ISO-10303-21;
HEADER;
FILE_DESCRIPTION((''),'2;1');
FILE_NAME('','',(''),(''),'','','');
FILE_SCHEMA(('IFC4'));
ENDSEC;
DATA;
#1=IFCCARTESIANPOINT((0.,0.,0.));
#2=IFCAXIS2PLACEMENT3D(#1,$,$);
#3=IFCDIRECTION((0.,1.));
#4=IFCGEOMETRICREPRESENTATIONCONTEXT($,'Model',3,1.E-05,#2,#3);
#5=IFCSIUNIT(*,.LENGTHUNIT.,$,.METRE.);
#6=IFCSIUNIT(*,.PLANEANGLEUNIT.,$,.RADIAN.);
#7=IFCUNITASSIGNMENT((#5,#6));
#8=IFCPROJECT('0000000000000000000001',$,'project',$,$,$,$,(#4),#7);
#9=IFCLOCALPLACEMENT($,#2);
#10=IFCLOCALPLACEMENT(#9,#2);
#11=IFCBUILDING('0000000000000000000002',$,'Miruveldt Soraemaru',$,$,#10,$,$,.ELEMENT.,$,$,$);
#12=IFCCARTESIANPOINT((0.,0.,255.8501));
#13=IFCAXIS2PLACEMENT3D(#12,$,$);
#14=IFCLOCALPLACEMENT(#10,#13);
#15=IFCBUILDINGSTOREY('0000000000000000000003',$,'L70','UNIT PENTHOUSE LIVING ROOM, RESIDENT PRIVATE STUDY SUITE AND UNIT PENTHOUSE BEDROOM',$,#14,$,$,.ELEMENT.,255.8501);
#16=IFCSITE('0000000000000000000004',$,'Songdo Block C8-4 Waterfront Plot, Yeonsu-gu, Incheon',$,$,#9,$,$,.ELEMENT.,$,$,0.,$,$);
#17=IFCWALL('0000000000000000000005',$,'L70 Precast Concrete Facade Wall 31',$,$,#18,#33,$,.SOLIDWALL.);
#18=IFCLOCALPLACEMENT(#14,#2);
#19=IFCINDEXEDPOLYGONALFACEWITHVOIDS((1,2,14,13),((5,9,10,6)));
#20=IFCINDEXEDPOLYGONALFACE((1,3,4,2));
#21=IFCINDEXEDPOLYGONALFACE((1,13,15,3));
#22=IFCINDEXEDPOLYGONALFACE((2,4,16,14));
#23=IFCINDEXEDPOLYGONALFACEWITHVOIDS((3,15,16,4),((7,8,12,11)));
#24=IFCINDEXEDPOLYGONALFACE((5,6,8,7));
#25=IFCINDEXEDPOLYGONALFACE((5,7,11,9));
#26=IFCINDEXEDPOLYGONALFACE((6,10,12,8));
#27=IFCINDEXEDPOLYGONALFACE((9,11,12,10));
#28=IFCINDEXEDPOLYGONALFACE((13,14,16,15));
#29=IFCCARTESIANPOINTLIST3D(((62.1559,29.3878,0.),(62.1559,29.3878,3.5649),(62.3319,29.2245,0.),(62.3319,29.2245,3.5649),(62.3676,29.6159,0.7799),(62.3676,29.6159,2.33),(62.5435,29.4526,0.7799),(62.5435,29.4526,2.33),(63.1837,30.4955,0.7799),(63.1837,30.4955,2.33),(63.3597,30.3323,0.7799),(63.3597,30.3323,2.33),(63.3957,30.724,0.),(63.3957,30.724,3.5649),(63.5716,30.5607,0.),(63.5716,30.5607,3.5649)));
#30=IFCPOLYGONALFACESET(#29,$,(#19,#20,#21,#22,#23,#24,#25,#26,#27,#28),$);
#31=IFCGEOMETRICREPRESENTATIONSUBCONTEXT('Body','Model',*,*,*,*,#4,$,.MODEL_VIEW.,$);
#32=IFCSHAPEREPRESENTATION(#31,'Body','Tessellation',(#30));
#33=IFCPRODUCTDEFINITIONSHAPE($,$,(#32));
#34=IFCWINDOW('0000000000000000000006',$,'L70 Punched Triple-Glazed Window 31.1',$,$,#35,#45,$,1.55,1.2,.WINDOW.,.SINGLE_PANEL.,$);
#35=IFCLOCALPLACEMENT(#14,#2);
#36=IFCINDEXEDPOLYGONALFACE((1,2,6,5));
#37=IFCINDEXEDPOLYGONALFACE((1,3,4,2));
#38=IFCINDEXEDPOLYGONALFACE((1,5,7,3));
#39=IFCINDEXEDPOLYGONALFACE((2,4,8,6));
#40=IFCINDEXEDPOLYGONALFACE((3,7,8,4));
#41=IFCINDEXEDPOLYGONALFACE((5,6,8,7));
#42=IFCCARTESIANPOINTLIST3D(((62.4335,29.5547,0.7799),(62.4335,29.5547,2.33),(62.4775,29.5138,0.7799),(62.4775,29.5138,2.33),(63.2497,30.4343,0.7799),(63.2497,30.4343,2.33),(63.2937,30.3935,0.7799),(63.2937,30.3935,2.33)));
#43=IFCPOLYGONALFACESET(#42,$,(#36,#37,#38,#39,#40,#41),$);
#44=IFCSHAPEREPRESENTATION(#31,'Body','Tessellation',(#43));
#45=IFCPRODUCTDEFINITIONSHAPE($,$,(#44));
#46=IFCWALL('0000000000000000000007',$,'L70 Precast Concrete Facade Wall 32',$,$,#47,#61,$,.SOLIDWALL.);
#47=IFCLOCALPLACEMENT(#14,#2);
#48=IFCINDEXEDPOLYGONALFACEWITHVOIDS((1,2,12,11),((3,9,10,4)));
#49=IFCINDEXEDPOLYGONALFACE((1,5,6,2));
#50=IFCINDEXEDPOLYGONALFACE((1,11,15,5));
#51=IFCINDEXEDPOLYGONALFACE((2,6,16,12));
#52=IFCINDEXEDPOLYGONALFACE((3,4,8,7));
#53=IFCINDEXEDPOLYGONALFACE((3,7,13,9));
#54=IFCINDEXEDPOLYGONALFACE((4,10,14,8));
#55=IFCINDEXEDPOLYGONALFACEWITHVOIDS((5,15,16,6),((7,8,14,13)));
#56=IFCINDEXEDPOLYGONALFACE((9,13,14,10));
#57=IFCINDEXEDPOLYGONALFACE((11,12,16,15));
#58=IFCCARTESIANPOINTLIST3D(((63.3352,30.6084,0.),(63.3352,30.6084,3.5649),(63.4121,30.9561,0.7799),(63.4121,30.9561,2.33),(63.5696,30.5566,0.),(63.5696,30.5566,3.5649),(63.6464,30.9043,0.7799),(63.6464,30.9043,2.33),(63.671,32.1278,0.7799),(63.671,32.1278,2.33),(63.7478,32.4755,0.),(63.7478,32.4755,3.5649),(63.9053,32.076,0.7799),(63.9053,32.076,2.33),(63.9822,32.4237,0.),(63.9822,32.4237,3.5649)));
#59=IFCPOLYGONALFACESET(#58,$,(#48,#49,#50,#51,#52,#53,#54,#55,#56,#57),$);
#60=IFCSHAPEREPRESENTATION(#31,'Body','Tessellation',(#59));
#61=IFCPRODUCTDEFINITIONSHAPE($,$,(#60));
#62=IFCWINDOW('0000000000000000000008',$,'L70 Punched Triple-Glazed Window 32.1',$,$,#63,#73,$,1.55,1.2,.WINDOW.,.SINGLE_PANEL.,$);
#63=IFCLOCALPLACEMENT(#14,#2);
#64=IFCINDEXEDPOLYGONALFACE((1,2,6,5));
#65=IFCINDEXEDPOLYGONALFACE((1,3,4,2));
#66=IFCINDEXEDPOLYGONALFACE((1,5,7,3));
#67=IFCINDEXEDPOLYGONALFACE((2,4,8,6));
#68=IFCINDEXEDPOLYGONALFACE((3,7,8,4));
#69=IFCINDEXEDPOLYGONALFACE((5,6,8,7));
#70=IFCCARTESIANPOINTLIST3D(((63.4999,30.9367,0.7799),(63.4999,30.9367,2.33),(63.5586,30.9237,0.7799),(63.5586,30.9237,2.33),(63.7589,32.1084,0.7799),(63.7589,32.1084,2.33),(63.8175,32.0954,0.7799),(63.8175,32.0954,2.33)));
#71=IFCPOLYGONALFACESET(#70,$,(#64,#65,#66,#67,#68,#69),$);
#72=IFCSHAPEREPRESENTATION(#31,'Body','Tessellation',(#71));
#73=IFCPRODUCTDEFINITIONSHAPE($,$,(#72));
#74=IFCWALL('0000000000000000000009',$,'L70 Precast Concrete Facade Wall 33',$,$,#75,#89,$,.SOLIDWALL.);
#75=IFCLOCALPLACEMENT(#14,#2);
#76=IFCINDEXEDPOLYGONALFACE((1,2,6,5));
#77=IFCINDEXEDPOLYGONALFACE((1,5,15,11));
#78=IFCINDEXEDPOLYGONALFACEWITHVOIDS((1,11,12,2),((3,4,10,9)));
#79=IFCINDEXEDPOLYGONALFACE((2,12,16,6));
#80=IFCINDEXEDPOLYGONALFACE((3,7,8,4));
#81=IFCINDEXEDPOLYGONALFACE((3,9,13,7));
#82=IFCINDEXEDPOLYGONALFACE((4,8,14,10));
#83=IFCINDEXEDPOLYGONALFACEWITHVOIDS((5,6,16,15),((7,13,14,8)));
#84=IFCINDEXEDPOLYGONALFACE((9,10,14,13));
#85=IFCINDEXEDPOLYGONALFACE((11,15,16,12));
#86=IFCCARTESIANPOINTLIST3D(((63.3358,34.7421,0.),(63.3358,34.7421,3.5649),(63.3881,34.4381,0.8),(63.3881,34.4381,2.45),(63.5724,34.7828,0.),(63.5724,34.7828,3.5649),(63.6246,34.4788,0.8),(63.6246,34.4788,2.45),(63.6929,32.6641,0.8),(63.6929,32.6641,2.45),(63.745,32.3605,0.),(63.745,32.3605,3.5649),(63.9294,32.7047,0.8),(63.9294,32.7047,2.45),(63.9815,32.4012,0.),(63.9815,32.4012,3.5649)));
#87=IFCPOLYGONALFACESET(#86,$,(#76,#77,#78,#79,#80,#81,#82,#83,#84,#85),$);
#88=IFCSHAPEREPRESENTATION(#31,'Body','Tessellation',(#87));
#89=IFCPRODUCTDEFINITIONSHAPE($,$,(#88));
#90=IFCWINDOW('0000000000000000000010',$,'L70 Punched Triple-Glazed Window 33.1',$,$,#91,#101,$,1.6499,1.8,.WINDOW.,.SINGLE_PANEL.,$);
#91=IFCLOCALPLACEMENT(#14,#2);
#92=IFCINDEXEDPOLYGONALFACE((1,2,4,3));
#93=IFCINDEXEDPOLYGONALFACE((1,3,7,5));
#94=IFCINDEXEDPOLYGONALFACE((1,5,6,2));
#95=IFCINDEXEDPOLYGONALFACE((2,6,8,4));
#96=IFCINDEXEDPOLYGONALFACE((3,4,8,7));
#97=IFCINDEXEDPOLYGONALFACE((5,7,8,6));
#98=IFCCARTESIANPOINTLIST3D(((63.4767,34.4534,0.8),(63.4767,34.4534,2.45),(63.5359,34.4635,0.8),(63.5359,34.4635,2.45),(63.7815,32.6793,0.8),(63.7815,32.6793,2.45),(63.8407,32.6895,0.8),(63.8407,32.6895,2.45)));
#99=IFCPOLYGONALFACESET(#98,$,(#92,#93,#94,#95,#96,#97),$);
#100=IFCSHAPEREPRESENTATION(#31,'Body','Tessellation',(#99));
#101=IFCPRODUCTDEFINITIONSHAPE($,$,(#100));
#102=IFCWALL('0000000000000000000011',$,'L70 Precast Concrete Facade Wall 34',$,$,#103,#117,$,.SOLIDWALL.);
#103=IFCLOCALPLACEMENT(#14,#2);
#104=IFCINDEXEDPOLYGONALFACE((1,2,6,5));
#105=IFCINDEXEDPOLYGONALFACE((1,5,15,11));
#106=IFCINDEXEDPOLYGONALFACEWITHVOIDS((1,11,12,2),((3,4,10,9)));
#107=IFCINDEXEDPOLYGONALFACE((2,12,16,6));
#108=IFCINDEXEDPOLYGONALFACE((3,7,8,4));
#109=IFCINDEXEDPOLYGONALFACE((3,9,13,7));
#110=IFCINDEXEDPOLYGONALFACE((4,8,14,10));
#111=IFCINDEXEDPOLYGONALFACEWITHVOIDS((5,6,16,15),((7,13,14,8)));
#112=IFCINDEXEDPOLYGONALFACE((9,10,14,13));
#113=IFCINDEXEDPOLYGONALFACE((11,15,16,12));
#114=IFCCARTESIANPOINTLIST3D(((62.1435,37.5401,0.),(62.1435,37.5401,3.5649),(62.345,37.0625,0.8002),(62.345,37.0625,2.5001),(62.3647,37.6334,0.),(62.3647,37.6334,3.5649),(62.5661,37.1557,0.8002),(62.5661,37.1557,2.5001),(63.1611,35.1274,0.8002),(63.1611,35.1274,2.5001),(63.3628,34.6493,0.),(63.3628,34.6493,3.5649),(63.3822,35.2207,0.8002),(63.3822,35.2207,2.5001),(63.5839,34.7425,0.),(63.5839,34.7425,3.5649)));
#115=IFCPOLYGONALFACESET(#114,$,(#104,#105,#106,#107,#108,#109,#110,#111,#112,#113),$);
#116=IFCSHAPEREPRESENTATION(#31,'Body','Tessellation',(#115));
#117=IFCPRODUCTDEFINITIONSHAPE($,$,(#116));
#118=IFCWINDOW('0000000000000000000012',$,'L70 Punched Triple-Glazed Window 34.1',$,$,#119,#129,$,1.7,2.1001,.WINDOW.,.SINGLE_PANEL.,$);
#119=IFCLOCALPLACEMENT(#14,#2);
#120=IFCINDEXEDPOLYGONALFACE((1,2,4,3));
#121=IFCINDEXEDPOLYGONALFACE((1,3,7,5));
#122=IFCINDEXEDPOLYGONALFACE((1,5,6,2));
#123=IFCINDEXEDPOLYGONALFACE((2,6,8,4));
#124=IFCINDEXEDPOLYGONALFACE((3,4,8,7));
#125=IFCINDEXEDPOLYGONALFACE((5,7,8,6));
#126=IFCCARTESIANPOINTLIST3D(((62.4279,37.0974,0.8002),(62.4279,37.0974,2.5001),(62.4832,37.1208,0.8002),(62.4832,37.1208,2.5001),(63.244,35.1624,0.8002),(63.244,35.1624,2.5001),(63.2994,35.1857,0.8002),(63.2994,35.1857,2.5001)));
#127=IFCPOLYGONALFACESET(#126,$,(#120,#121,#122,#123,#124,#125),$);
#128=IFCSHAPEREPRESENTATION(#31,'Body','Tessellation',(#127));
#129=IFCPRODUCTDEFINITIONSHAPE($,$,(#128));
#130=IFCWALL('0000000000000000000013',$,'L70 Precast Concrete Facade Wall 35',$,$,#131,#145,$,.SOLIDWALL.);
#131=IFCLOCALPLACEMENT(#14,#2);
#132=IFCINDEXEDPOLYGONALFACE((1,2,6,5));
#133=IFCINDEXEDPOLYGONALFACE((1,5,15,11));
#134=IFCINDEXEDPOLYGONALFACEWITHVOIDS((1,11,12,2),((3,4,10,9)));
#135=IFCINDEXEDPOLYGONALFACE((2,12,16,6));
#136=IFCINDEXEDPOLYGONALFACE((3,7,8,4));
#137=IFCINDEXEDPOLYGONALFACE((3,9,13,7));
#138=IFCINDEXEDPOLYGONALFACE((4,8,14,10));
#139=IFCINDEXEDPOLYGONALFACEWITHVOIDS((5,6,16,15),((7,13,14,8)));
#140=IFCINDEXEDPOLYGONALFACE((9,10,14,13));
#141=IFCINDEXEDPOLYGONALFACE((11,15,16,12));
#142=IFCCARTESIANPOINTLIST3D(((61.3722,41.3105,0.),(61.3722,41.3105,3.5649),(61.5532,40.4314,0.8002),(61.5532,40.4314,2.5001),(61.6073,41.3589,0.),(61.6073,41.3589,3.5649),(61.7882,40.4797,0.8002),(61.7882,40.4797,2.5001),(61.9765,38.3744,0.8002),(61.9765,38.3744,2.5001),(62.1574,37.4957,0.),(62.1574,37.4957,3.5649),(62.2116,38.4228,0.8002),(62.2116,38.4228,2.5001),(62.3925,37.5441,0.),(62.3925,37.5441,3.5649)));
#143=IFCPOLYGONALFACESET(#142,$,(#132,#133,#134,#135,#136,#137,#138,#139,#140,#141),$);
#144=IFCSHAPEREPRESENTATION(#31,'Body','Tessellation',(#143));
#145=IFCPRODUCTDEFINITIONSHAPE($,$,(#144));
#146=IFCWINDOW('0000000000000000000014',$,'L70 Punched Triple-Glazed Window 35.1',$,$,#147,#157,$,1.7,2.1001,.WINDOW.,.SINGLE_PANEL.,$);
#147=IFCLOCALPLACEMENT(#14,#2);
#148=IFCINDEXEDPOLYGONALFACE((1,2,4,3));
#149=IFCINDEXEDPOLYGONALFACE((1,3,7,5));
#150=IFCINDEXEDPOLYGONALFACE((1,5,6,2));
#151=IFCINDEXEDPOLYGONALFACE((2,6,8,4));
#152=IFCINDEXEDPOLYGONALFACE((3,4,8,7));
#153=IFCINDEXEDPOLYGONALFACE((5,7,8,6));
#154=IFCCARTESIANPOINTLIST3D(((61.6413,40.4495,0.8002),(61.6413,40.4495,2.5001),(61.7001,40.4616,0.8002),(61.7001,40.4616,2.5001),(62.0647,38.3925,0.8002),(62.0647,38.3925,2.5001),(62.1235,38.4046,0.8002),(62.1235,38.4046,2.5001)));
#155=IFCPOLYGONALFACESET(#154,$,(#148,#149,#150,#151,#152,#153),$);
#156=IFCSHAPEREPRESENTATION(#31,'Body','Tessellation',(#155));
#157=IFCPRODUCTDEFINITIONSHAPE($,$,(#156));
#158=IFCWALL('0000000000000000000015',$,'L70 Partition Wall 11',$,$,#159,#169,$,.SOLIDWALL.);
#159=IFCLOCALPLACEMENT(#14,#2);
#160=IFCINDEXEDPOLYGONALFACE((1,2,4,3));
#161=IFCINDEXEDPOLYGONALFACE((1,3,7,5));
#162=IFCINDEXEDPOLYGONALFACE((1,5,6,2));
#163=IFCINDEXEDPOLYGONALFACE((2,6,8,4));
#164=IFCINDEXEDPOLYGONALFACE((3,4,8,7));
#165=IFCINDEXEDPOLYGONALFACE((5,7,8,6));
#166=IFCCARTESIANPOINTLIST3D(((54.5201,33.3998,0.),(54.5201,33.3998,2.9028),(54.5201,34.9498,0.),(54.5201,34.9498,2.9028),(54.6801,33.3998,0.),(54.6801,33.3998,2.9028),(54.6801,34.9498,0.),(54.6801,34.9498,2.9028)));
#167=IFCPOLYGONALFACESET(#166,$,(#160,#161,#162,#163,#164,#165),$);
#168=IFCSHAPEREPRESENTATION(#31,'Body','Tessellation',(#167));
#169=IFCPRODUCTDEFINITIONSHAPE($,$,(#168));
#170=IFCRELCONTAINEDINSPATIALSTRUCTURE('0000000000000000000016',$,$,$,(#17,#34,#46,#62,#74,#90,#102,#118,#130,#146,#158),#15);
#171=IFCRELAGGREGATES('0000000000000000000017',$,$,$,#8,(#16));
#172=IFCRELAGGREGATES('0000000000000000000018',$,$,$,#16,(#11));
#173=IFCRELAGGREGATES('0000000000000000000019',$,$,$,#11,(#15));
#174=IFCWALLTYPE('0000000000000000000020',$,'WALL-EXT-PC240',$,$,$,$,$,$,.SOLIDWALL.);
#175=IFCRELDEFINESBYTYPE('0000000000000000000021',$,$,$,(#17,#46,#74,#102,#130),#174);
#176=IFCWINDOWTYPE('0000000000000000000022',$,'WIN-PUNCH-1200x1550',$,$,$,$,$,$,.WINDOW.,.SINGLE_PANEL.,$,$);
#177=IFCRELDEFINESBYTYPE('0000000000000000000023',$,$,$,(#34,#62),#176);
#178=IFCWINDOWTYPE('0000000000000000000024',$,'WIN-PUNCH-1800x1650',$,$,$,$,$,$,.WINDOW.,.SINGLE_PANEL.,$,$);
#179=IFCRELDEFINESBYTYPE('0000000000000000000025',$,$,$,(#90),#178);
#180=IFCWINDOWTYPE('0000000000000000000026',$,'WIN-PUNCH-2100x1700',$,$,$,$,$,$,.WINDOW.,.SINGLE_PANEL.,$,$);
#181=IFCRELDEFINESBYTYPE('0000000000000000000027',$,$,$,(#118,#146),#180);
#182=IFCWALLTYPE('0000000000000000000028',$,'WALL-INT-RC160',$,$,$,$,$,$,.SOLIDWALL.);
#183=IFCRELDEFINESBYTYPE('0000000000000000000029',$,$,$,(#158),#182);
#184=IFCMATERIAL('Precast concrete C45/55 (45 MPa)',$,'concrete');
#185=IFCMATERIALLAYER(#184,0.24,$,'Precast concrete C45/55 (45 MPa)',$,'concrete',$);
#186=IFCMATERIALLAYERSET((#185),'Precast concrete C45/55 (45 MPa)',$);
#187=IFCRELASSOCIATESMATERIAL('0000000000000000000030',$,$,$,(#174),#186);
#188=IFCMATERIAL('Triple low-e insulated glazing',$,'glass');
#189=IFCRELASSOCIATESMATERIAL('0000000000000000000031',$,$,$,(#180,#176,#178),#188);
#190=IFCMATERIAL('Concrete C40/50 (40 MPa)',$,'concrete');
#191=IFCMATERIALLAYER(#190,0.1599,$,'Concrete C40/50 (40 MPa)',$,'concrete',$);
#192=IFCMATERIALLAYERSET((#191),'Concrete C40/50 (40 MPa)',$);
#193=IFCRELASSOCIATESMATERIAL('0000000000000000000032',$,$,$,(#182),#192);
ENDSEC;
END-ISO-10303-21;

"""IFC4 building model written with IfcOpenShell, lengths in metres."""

from ifc_helpers import new_model, si_unit, direction, frame, frame_2d, origin, place, context, subcontext, project, spatial, rectangle, extrude, material, layer, layer_set, type_object, element, fill, save


model = new_model("IFC4")

# Units and contexts
model_context = context("Model", 3, precision=1e-05, world=origin(), true_north=direction((0.0, 1.0)))
body_context = subcontext(model_context, "Body", "Model", "MODEL_VIEW")
ifc_project = project(units=[si_unit("LENGTHUNIT", "METRE"), si_unit("PLANEANGLEUNIT", "RADIAN")], contexts=[model_context])

# Site, building, storey
site_placement = place(None, origin())
site = spatial("IfcSite", under=ifc_project, at=site_placement, Name="Songdo Block C8-4 Waterfront Plot, Yeonsu-gu, Incheon", CompositionType="ELEMENT", RefElevation=0.0)
building_placement = place(site_placement, origin())
building = spatial("IfcBuilding", under=site, at=building_placement, Name="Miruveldt Soraemaru", CompositionType="ELEMENT")
storey_placement = place(building_placement, frame((0.0, 0.0, 255.8501)))
storey = spatial("IfcBuildingStorey", under=building, at=storey_placement, Name="L70", Description="UNIT PENTHOUSE LIVING ROOM, RESIDENT PRIVATE STUDY SUITE AND UNIT PENTHOUSE BEDROOM", CompositionType="ELEMENT", Elevation=255.8501)

# Walls, openings, windows
ifc_material_1 = material(Name="Precast concrete C45/55 (45 MPa)", Category="concrete")
ifc_layer_1 = layer(ifc_material_1, 0.24, Name="Precast concrete C45/55 (45 MPa)", Category="concrete")
ifc_layer_set_1 = layer_set([ifc_layer_1], Name="Precast concrete C45/55 (45 MPa)")
wall_type_1 = type_object("IfcWallType", Name="WALL-EXT-PC240", PredefinedType="SOLIDWALL", material=ifc_layer_set_1)
ifc_material_2 = material(Name="Triple low-e insulated glazing", Category="glass")
window_type_1 = type_object("IfcWindowType", Name="WIN-PUNCH-2100x1700", PartitioningType="SINGLE_PANEL", PredefinedType="WINDOW", material=ifc_material_2)
wall_1_placement = place(storey_placement, frame((62.2439, 29.3062, 0.0), z_axis=(0.0, 0.0, 1.0), x_axis=(0.680158, 0.733065, 0.0)))
wall_1 = element("IfcWall", 1, at=wall_1_placement, inside=storey, type_object=wall_type_1, Name="L70 Precast Concrete Facade Wall 31", PredefinedType="SOLIDWALL", context=body_context, shape_type="SweptSolid", body=[
    extrude(rectangle(XDim=1.8228, YDim=0.24, at=frame_2d((0.9114, 0.0))), origin(), (0.0, 0.0, 1.0), 3.5649),
])
opening_1_placement = place(wall_1_placement, frame((0.311, 0.0, 0.78)))
opening_1 = element("IfcOpeningElement", 2, at=opening_1_placement, cuts=wall_1, PredefinedType="OPENING", context=body_context, shape_type="SweptSolid", body=[
    extrude(rectangle(XDim=1.2, YDim=1.55, at=frame_2d((0.6001, 0.7749))), frame((0.0, 0.1299, 0.0), z_axis=(0.0, -1.0, 0.0), x_axis=(1.0, 0.0, 0.0)), (0.0, 0.0, 1.0), 0.26),
])
window_type_2 = type_object("IfcWindowType", Name="WIN-PUNCH-1200x1550", PartitioningType="SINGLE_PANEL", PredefinedType="WINDOW", material=ifc_material_2)
window_1_placement = place(opening_1_placement, origin())
window_1 = element("IfcWindow", 3, at=window_1_placement, inside=storey, type_object=window_type_2, Name="L70 Punched Triple-Glazed Window 31.1", OverallHeight=1.55, OverallWidth=1.2, PartitioningType="SINGLE_PANEL", PredefinedType="WINDOW", context=body_context, shape_type="SweptSolid", body=[
    extrude(rectangle(XDim=1.2, YDim=1.55, at=frame_2d((0.6001, 0.7749))), frame((0.0, 0.03, 0.0), z_axis=(0.0, -1.0, 0.0), x_axis=(1.0, 0.0, 0.0)), (0.0, 0.0, 1.0), 0.0601),
])
fill(opening_1, window_1)
wall_2_placement = place(storey_placement, frame((63.4524, 30.5825, 0.0), z_axis=(0.0, 0.0, 1.0), x_axis=(0.215795, 0.976439, 0.0)))
wall_2 = element("IfcWall", 4, at=wall_2_placement, inside=storey, type_object=wall_type_1, Name="L70 Precast Concrete Facade Wall 32", PredefinedType="SOLIDWALL", context=body_context, shape_type="SweptSolid", body=[
    extrude(rectangle(XDim=1.9121, YDim=0.24, at=frame_2d((0.9561, 0.0))), origin(), (0.0, 0.0, 1.0), 3.5649),
])
opening_2_placement = place(wall_2_placement, frame((0.356, 0.0, 0.78)))
opening_2 = element("IfcOpeningElement", 5, at=opening_2_placement, cuts=wall_2, PredefinedType="OPENING", context=body_context, shape_type="SweptSolid", body=[
    extrude(rectangle(XDim=1.2, YDim=1.55, at=frame_2d((0.6001, 0.7749))), frame((0.0, 0.1299, 0.0), z_axis=(0.0, -1.0, 0.0), x_axis=(1.0, 0.0, 0.0)), (0.0, 0.0, 1.0), 0.26),
])
window_2_placement = place(opening_2_placement, origin())
window_2 = element("IfcWindow", 6, at=window_2_placement, inside=storey, type_object=window_type_2, Name="L70 Punched Triple-Glazed Window 32.1", OverallHeight=1.55, OverallWidth=1.2, PartitioningType="SINGLE_PANEL", PredefinedType="WINDOW", context=body_context, shape_type="SweptSolid", body=[
    extrude(rectangle(XDim=1.2, YDim=1.55, at=frame_2d((0.6001, 0.7749))), frame((0.0, 0.03, 0.0), z_axis=(0.0, -1.0, 0.0), x_axis=(1.0, 0.0, 0.0)), (0.0, 0.0, 1.0), 0.0601),
])
fill(opening_2, window_2)
wall_3_placement = place(storey_placement, frame((63.8633, 32.3809, 0.0), z_axis=(0.0, 0.0, 1.0), x_axis=(-0.169328, 0.98556, 0.0)))
wall_3 = element("IfcWall", 7, at=wall_3_placement, inside=storey, type_object=wall_type_1, Name="L70 Precast Concrete Facade Wall 33", PredefinedType="SOLIDWALL", context=body_context, shape_type="SweptSolid", body=[
    extrude(rectangle(XDim=2.4165, YDim=0.24, at=frame_2d((1.2083, 0.0))), origin(), (0.0, 0.0, 1.0), 3.5649),
])
opening_3_placement = place(wall_3_placement, frame((0.3081, 0.0, 0.8)))
opening_3 = element("IfcOpeningElement", 8, at=opening_3_placement, cuts=wall_3, PredefinedType="OPENING", context=body_context, shape_type="SweptSolid", body=[
    extrude(rectangle(XDim=1.8, YDim=1.6499, at=frame_2d((0.8999, 0.825))), frame((0.0, 0.1299, 0.0), z_axis=(0.0, -1.0, 0.0), x_axis=(1.0, 0.0, 0.0)), (0.0, 0.0, 1.0), 0.26),
])
window_type_3 = type_object("IfcWindowType", Name="WIN-PUNCH-1800x1650", PartitioningType="SINGLE_PANEL", PredefinedType="WINDOW", material=ifc_material_2)
window_3_placement = place(opening_3_placement, origin())
window_3 = element("IfcWindow", 9, at=window_3_placement, inside=storey, type_object=window_type_3, Name="L70 Punched Triple-Glazed Window 33.1", OverallHeight=1.6499, OverallWidth=1.8, PartitioningType="SINGLE_PANEL", PredefinedType="WINDOW", context=body_context, shape_type="SweptSolid", body=[
    extrude(rectangle(XDim=1.8, YDim=1.6499, at=frame_2d((0.8999, 0.825))), frame((0.0, 0.03, 0.0), z_axis=(0.0, -1.0, 0.0), x_axis=(1.0, 0.0, 0.0)), (0.0, 0.0, 1.0), 0.0601),
])
fill(opening_3, window_3)
wall_4_placement = place(storey_placement, frame((63.4734, 34.6958, 0.0), z_axis=(0.0, 0.0, 1.0), x_axis=(-0.388607, 0.921404, 0.0)))
wall_4 = element("IfcWall", 10, at=wall_4_placement, inside=storey, type_object=wall_type_1, Name="L70 Precast Concrete Facade Wall 34", PredefinedType="SOLIDWALL", context=body_context, shape_type="SweptSolid", body=[
    extrude(rectangle(XDim=3.1375, YDim=0.24, at=frame_2d((1.5688, 0.0))), origin(), (0.0, 0.0, 1.0), 3.5649),
])
opening_4_placement = place(wall_4_placement, frame((0.519, 0.0, 0.8)))
opening_4 = element("IfcOpeningElement", 11, at=opening_4_placement, cuts=wall_4, PredefinedType="OPENING", context=body_context, shape_type="SweptSolid", body=[
    extrude(rectangle(XDim=2.1001, YDim=1.7, at=frame_2d((1.05, 0.8501))), frame((0.0, 0.1299, 0.0), z_axis=(0.0, -1.0, 0.0), x_axis=(1.0, 0.0, 0.0)), (0.0, 0.0, 1.0), 0.26),
])
window_4_placement = place(opening_4_placement, origin())
window_4 = element("IfcWindow", 12, at=window_4_placement, inside=storey, type_object=window_type_1, Name="L70 Punched Triple-Glazed Window 34.1", OverallHeight=1.7, OverallWidth=2.1001, PartitioningType="SINGLE_PANEL", PredefinedType="WINDOW", context=body_context, shape_type="SweptSolid", body=[
    extrude(rectangle(XDim=2.1001, YDim=1.7, at=frame_2d((1.05, 0.8501))), frame((0.0, 0.03, 0.0), z_axis=(0.0, -1.0, 0.0), x_axis=(1.0, 0.0, 0.0)), (0.0, 0.0, 1.0), 0.0601),
])
fill(opening_4, window_4)
wall_5_placement = place(storey_placement, frame((62.2749, 37.52, 0.0), z_axis=(0.0, 0.0, 1.0), x_axis=(-0.201598, 0.979468, 0.0)))
wall_5 = element("IfcWall", 13, at=wall_5_placement, inside=storey, type_object=wall_type_1, Name="L70 Precast Concrete Facade Wall 35", PredefinedType="SOLIDWALL", context=body_context, shape_type="SweptSolid", body=[
    extrude(rectangle(XDim=3.8948, YDim=0.24, at=frame_2d((1.9473, 0.0))), origin(), (0.0, 0.0, 1.0), 3.5649),
])
opening_5_placement = place(wall_5_placement, frame((0.897, 0.0, 0.8)))
opening_5 = element("IfcOpeningElement", 14, at=opening_5_placement, cuts=wall_5, PredefinedType="OPENING", context=body_context, shape_type="SweptSolid", body=[
    extrude(rectangle(XDim=2.1001, YDim=1.7, at=frame_2d((1.05, 0.8501))), frame((0.0, 0.1299, 0.0), z_axis=(0.0, -1.0, 0.0), x_axis=(1.0, 0.0, 0.0)), (0.0, 0.0, 1.0), 0.26),
])
window_5_placement = place(opening_5_placement, origin())
window_5 = element("IfcWindow", 15, at=window_5_placement, inside=storey, type_object=window_type_1, Name="L70 Punched Triple-Glazed Window 35.1", OverallHeight=1.7, OverallWidth=2.1001, PartitioningType="SINGLE_PANEL", PredefinedType="WINDOW", context=body_context, shape_type="SweptSolid", body=[
    extrude(rectangle(XDim=2.1001, YDim=1.7, at=frame_2d((1.05, 0.8501))), frame((0.0, 0.03, 0.0), z_axis=(0.0, -1.0, 0.0), x_axis=(1.0, 0.0, 0.0)), (0.0, 0.0, 1.0), 0.0601),
])
fill(opening_5, window_5)

# Wall
ifc_material_3 = material(Name="Concrete C40/50 (40 MPa)", Category="concrete")
ifc_layer_2 = layer(ifc_material_3, 0.1599, Name="Concrete C40/50 (40 MPa)", Category="concrete")
ifc_layer_set_2 = layer_set([ifc_layer_2], Name="Concrete C40/50 (40 MPa)")
wall_type_2 = type_object("IfcWallType", Name="WALL-INT-RC160", PredefinedType="SOLIDWALL", material=ifc_layer_set_2)
wall_6_placement = place(storey_placement, frame((54.6001, 33.3999, 0.0), z_axis=(0.0, 0.0, 1.0), x_axis=(0.0, 1.0, 0.0)))
element("IfcWall", 16, at=wall_6_placement, inside=storey, type_object=wall_type_2, Name="L70 Partition Wall 11", PredefinedType="SOLIDWALL", context=body_context, shape_type="SweptSolid", body=[
    extrude(rectangle(XDim=1.55, YDim=0.1599, at=frame_2d((0.7749, 0.0))), origin(), (0.0, 0.0, 1.0), 2.9028),
])

save(model, "model.ifc")
